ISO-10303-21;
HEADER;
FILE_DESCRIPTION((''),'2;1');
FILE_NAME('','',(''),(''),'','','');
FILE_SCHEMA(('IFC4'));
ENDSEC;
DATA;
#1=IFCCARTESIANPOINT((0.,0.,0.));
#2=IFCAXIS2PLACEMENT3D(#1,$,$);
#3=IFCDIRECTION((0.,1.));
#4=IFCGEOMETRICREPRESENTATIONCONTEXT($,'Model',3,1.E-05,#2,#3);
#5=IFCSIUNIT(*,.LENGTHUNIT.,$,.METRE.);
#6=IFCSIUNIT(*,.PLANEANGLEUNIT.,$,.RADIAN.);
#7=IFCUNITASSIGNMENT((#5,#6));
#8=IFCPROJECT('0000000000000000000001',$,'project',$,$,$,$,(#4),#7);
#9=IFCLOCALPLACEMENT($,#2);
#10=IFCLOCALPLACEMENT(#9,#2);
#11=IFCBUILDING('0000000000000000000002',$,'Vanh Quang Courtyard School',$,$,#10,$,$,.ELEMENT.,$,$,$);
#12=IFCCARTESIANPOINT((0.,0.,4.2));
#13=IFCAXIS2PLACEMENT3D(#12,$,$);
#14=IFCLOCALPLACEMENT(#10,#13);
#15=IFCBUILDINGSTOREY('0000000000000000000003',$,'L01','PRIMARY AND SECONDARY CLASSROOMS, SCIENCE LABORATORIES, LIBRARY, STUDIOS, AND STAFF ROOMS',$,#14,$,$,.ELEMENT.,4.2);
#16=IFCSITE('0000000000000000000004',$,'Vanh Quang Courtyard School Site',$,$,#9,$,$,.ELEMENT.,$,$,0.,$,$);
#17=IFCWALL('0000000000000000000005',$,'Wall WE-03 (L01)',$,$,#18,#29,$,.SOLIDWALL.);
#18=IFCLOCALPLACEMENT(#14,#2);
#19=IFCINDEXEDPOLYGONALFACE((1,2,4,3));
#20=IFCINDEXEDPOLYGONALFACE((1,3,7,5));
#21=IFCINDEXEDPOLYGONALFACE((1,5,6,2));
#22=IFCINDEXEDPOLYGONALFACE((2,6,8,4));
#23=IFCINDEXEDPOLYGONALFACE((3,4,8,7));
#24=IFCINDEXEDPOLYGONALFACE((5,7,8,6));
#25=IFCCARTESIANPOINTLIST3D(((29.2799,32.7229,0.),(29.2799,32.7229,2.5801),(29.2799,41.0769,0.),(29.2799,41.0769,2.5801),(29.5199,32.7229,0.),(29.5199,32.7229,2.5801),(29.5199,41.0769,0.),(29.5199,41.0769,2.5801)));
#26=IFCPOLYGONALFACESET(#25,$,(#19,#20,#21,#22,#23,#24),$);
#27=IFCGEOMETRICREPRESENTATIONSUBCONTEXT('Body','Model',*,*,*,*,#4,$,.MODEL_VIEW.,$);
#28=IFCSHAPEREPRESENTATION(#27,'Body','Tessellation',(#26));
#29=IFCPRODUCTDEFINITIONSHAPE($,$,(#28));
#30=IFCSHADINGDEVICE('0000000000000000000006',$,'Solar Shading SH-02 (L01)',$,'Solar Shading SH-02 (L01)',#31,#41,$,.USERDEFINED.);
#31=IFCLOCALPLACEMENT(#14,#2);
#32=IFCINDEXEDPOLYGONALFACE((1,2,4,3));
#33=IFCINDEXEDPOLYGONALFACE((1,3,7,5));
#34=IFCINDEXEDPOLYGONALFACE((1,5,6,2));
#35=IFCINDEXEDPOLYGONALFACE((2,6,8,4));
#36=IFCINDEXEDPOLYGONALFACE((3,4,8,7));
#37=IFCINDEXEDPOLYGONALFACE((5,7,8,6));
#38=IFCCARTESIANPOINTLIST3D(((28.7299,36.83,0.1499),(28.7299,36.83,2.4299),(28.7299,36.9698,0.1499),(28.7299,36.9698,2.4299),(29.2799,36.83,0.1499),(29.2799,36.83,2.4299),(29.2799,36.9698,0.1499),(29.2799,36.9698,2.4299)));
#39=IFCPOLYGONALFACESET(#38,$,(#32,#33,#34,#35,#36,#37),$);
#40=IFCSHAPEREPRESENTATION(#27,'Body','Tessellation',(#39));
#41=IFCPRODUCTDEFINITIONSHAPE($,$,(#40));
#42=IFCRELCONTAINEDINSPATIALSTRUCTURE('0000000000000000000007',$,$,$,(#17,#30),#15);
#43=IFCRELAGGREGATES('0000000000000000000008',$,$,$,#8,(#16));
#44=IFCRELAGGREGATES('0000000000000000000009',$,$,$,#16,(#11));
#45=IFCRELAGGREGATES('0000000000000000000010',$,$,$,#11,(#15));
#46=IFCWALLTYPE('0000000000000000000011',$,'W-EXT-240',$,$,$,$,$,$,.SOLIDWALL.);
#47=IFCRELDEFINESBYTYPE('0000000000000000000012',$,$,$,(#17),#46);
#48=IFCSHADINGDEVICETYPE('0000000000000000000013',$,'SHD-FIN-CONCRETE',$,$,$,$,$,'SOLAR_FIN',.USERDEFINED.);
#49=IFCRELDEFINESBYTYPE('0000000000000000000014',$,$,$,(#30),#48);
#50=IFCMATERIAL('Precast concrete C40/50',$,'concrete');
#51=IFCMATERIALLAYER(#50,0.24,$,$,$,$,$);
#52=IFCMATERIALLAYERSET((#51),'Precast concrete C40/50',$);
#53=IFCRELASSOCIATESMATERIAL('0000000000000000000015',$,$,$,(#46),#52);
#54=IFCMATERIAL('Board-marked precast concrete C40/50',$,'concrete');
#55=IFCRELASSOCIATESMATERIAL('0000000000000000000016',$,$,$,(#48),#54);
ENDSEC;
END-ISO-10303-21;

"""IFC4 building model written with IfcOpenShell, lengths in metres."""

from ifc_helpers import new_model, si_unit, direction, frame, frame_2d, origin, origin_2d, place, context, subcontext, project, spatial, rectangle, extrude, material, layer, layer_set, type_object, element, save


model = new_model("IFC4")

# Units and contexts
model_context = context("Model", 3, precision=1e-05, world=origin(), true_north=direction((0.0, 1.0)))
body_context = subcontext(model_context, "Body", "Model", "MODEL_VIEW")
ifc_project = project(units=[si_unit("LENGTHUNIT", "METRE"), si_unit("PLANEANGLEUNIT", "RADIAN")], contexts=[model_context])

# Site, building, storey
site_placement = place(None, origin())
site = spatial("IfcSite", under=ifc_project, at=site_placement, Name="Vanh Quang Courtyard School Site", CompositionType="ELEMENT", RefElevation=0.0)
building_placement = place(site_placement, origin())
building = spatial("IfcBuilding", under=site, at=building_placement, Name="Vanh Quang Courtyard School", CompositionType="ELEMENT")
storey_placement = place(building_placement, frame((0.0, 0.0, 4.2)))
storey = spatial("IfcBuildingStorey", under=building, at=storey_placement, Name="L01", Description="PRIMARY AND SECONDARY CLASSROOMS, SCIENCE LABORATORIES, LIBRARY, STUDIOS, AND STAFF ROOMS", CompositionType="ELEMENT", Elevation=4.2)

# Wall
ifc_material_1 = material(Name="Precast concrete C40/50", Category="concrete")
ifc_layer_1 = layer(ifc_material_1, 0.24)
ifc_layer_set_1 = layer_set([ifc_layer_1], Name="Precast concrete C40/50")
wall_type = type_object("IfcWallType", Name="W-EXT-240", PredefinedType="SOLIDWALL", material=ifc_layer_set_1)
wall_placement = place(storey_placement, frame((29.3999, 32.7229, 0.0), z_axis=(0.0, 0.0, 1.0), x_axis=(0.0, 1.0, 0.0)))
element("IfcWall", 1, at=wall_placement, inside=storey, type_object=wall_type, Name="Wall WE-03 (L01)", PredefinedType="SOLIDWALL", context=body_context, shape_type="SweptSolid", body=[
    extrude(rectangle(XDim=8.354, YDim=0.24, at=frame_2d((4.177, 0.0))), origin(), (0.0, 0.0, 1.0), 2.5801),
])

# Shading device
ifc_material_2 = material(Name="Board-marked precast concrete C40/50", Category="concrete")
shading_device_type = type_object("IfcShadingDeviceType", Name="SHD-FIN-CONCRETE", ElementType="SOLAR_FIN", PredefinedType="USERDEFINED", material=ifc_material_2)
shading_device_placement = place(storey_placement, frame((29.0049, 36.8999, 0.1499), z_axis=(0.0, 0.0, 1.0), x_axis=(0.0, 1.0, 0.0)))
element("IfcShadingDevice", 2, at=shading_device_placement, inside=storey, type_object=shading_device_type, Name="Solar Shading SH-02 (L01)", ObjectType="Solar Shading SH-02 (L01)", PredefinedType="USERDEFINED", context=body_context, shape_type="SweptSolid", body=[
    extrude(rectangle(XDim=0.1399, YDim=0.55, at=origin_2d()), origin(), (0.0, 0.0, 1.0), 2.28),
])

save(model, "model.ifc")
